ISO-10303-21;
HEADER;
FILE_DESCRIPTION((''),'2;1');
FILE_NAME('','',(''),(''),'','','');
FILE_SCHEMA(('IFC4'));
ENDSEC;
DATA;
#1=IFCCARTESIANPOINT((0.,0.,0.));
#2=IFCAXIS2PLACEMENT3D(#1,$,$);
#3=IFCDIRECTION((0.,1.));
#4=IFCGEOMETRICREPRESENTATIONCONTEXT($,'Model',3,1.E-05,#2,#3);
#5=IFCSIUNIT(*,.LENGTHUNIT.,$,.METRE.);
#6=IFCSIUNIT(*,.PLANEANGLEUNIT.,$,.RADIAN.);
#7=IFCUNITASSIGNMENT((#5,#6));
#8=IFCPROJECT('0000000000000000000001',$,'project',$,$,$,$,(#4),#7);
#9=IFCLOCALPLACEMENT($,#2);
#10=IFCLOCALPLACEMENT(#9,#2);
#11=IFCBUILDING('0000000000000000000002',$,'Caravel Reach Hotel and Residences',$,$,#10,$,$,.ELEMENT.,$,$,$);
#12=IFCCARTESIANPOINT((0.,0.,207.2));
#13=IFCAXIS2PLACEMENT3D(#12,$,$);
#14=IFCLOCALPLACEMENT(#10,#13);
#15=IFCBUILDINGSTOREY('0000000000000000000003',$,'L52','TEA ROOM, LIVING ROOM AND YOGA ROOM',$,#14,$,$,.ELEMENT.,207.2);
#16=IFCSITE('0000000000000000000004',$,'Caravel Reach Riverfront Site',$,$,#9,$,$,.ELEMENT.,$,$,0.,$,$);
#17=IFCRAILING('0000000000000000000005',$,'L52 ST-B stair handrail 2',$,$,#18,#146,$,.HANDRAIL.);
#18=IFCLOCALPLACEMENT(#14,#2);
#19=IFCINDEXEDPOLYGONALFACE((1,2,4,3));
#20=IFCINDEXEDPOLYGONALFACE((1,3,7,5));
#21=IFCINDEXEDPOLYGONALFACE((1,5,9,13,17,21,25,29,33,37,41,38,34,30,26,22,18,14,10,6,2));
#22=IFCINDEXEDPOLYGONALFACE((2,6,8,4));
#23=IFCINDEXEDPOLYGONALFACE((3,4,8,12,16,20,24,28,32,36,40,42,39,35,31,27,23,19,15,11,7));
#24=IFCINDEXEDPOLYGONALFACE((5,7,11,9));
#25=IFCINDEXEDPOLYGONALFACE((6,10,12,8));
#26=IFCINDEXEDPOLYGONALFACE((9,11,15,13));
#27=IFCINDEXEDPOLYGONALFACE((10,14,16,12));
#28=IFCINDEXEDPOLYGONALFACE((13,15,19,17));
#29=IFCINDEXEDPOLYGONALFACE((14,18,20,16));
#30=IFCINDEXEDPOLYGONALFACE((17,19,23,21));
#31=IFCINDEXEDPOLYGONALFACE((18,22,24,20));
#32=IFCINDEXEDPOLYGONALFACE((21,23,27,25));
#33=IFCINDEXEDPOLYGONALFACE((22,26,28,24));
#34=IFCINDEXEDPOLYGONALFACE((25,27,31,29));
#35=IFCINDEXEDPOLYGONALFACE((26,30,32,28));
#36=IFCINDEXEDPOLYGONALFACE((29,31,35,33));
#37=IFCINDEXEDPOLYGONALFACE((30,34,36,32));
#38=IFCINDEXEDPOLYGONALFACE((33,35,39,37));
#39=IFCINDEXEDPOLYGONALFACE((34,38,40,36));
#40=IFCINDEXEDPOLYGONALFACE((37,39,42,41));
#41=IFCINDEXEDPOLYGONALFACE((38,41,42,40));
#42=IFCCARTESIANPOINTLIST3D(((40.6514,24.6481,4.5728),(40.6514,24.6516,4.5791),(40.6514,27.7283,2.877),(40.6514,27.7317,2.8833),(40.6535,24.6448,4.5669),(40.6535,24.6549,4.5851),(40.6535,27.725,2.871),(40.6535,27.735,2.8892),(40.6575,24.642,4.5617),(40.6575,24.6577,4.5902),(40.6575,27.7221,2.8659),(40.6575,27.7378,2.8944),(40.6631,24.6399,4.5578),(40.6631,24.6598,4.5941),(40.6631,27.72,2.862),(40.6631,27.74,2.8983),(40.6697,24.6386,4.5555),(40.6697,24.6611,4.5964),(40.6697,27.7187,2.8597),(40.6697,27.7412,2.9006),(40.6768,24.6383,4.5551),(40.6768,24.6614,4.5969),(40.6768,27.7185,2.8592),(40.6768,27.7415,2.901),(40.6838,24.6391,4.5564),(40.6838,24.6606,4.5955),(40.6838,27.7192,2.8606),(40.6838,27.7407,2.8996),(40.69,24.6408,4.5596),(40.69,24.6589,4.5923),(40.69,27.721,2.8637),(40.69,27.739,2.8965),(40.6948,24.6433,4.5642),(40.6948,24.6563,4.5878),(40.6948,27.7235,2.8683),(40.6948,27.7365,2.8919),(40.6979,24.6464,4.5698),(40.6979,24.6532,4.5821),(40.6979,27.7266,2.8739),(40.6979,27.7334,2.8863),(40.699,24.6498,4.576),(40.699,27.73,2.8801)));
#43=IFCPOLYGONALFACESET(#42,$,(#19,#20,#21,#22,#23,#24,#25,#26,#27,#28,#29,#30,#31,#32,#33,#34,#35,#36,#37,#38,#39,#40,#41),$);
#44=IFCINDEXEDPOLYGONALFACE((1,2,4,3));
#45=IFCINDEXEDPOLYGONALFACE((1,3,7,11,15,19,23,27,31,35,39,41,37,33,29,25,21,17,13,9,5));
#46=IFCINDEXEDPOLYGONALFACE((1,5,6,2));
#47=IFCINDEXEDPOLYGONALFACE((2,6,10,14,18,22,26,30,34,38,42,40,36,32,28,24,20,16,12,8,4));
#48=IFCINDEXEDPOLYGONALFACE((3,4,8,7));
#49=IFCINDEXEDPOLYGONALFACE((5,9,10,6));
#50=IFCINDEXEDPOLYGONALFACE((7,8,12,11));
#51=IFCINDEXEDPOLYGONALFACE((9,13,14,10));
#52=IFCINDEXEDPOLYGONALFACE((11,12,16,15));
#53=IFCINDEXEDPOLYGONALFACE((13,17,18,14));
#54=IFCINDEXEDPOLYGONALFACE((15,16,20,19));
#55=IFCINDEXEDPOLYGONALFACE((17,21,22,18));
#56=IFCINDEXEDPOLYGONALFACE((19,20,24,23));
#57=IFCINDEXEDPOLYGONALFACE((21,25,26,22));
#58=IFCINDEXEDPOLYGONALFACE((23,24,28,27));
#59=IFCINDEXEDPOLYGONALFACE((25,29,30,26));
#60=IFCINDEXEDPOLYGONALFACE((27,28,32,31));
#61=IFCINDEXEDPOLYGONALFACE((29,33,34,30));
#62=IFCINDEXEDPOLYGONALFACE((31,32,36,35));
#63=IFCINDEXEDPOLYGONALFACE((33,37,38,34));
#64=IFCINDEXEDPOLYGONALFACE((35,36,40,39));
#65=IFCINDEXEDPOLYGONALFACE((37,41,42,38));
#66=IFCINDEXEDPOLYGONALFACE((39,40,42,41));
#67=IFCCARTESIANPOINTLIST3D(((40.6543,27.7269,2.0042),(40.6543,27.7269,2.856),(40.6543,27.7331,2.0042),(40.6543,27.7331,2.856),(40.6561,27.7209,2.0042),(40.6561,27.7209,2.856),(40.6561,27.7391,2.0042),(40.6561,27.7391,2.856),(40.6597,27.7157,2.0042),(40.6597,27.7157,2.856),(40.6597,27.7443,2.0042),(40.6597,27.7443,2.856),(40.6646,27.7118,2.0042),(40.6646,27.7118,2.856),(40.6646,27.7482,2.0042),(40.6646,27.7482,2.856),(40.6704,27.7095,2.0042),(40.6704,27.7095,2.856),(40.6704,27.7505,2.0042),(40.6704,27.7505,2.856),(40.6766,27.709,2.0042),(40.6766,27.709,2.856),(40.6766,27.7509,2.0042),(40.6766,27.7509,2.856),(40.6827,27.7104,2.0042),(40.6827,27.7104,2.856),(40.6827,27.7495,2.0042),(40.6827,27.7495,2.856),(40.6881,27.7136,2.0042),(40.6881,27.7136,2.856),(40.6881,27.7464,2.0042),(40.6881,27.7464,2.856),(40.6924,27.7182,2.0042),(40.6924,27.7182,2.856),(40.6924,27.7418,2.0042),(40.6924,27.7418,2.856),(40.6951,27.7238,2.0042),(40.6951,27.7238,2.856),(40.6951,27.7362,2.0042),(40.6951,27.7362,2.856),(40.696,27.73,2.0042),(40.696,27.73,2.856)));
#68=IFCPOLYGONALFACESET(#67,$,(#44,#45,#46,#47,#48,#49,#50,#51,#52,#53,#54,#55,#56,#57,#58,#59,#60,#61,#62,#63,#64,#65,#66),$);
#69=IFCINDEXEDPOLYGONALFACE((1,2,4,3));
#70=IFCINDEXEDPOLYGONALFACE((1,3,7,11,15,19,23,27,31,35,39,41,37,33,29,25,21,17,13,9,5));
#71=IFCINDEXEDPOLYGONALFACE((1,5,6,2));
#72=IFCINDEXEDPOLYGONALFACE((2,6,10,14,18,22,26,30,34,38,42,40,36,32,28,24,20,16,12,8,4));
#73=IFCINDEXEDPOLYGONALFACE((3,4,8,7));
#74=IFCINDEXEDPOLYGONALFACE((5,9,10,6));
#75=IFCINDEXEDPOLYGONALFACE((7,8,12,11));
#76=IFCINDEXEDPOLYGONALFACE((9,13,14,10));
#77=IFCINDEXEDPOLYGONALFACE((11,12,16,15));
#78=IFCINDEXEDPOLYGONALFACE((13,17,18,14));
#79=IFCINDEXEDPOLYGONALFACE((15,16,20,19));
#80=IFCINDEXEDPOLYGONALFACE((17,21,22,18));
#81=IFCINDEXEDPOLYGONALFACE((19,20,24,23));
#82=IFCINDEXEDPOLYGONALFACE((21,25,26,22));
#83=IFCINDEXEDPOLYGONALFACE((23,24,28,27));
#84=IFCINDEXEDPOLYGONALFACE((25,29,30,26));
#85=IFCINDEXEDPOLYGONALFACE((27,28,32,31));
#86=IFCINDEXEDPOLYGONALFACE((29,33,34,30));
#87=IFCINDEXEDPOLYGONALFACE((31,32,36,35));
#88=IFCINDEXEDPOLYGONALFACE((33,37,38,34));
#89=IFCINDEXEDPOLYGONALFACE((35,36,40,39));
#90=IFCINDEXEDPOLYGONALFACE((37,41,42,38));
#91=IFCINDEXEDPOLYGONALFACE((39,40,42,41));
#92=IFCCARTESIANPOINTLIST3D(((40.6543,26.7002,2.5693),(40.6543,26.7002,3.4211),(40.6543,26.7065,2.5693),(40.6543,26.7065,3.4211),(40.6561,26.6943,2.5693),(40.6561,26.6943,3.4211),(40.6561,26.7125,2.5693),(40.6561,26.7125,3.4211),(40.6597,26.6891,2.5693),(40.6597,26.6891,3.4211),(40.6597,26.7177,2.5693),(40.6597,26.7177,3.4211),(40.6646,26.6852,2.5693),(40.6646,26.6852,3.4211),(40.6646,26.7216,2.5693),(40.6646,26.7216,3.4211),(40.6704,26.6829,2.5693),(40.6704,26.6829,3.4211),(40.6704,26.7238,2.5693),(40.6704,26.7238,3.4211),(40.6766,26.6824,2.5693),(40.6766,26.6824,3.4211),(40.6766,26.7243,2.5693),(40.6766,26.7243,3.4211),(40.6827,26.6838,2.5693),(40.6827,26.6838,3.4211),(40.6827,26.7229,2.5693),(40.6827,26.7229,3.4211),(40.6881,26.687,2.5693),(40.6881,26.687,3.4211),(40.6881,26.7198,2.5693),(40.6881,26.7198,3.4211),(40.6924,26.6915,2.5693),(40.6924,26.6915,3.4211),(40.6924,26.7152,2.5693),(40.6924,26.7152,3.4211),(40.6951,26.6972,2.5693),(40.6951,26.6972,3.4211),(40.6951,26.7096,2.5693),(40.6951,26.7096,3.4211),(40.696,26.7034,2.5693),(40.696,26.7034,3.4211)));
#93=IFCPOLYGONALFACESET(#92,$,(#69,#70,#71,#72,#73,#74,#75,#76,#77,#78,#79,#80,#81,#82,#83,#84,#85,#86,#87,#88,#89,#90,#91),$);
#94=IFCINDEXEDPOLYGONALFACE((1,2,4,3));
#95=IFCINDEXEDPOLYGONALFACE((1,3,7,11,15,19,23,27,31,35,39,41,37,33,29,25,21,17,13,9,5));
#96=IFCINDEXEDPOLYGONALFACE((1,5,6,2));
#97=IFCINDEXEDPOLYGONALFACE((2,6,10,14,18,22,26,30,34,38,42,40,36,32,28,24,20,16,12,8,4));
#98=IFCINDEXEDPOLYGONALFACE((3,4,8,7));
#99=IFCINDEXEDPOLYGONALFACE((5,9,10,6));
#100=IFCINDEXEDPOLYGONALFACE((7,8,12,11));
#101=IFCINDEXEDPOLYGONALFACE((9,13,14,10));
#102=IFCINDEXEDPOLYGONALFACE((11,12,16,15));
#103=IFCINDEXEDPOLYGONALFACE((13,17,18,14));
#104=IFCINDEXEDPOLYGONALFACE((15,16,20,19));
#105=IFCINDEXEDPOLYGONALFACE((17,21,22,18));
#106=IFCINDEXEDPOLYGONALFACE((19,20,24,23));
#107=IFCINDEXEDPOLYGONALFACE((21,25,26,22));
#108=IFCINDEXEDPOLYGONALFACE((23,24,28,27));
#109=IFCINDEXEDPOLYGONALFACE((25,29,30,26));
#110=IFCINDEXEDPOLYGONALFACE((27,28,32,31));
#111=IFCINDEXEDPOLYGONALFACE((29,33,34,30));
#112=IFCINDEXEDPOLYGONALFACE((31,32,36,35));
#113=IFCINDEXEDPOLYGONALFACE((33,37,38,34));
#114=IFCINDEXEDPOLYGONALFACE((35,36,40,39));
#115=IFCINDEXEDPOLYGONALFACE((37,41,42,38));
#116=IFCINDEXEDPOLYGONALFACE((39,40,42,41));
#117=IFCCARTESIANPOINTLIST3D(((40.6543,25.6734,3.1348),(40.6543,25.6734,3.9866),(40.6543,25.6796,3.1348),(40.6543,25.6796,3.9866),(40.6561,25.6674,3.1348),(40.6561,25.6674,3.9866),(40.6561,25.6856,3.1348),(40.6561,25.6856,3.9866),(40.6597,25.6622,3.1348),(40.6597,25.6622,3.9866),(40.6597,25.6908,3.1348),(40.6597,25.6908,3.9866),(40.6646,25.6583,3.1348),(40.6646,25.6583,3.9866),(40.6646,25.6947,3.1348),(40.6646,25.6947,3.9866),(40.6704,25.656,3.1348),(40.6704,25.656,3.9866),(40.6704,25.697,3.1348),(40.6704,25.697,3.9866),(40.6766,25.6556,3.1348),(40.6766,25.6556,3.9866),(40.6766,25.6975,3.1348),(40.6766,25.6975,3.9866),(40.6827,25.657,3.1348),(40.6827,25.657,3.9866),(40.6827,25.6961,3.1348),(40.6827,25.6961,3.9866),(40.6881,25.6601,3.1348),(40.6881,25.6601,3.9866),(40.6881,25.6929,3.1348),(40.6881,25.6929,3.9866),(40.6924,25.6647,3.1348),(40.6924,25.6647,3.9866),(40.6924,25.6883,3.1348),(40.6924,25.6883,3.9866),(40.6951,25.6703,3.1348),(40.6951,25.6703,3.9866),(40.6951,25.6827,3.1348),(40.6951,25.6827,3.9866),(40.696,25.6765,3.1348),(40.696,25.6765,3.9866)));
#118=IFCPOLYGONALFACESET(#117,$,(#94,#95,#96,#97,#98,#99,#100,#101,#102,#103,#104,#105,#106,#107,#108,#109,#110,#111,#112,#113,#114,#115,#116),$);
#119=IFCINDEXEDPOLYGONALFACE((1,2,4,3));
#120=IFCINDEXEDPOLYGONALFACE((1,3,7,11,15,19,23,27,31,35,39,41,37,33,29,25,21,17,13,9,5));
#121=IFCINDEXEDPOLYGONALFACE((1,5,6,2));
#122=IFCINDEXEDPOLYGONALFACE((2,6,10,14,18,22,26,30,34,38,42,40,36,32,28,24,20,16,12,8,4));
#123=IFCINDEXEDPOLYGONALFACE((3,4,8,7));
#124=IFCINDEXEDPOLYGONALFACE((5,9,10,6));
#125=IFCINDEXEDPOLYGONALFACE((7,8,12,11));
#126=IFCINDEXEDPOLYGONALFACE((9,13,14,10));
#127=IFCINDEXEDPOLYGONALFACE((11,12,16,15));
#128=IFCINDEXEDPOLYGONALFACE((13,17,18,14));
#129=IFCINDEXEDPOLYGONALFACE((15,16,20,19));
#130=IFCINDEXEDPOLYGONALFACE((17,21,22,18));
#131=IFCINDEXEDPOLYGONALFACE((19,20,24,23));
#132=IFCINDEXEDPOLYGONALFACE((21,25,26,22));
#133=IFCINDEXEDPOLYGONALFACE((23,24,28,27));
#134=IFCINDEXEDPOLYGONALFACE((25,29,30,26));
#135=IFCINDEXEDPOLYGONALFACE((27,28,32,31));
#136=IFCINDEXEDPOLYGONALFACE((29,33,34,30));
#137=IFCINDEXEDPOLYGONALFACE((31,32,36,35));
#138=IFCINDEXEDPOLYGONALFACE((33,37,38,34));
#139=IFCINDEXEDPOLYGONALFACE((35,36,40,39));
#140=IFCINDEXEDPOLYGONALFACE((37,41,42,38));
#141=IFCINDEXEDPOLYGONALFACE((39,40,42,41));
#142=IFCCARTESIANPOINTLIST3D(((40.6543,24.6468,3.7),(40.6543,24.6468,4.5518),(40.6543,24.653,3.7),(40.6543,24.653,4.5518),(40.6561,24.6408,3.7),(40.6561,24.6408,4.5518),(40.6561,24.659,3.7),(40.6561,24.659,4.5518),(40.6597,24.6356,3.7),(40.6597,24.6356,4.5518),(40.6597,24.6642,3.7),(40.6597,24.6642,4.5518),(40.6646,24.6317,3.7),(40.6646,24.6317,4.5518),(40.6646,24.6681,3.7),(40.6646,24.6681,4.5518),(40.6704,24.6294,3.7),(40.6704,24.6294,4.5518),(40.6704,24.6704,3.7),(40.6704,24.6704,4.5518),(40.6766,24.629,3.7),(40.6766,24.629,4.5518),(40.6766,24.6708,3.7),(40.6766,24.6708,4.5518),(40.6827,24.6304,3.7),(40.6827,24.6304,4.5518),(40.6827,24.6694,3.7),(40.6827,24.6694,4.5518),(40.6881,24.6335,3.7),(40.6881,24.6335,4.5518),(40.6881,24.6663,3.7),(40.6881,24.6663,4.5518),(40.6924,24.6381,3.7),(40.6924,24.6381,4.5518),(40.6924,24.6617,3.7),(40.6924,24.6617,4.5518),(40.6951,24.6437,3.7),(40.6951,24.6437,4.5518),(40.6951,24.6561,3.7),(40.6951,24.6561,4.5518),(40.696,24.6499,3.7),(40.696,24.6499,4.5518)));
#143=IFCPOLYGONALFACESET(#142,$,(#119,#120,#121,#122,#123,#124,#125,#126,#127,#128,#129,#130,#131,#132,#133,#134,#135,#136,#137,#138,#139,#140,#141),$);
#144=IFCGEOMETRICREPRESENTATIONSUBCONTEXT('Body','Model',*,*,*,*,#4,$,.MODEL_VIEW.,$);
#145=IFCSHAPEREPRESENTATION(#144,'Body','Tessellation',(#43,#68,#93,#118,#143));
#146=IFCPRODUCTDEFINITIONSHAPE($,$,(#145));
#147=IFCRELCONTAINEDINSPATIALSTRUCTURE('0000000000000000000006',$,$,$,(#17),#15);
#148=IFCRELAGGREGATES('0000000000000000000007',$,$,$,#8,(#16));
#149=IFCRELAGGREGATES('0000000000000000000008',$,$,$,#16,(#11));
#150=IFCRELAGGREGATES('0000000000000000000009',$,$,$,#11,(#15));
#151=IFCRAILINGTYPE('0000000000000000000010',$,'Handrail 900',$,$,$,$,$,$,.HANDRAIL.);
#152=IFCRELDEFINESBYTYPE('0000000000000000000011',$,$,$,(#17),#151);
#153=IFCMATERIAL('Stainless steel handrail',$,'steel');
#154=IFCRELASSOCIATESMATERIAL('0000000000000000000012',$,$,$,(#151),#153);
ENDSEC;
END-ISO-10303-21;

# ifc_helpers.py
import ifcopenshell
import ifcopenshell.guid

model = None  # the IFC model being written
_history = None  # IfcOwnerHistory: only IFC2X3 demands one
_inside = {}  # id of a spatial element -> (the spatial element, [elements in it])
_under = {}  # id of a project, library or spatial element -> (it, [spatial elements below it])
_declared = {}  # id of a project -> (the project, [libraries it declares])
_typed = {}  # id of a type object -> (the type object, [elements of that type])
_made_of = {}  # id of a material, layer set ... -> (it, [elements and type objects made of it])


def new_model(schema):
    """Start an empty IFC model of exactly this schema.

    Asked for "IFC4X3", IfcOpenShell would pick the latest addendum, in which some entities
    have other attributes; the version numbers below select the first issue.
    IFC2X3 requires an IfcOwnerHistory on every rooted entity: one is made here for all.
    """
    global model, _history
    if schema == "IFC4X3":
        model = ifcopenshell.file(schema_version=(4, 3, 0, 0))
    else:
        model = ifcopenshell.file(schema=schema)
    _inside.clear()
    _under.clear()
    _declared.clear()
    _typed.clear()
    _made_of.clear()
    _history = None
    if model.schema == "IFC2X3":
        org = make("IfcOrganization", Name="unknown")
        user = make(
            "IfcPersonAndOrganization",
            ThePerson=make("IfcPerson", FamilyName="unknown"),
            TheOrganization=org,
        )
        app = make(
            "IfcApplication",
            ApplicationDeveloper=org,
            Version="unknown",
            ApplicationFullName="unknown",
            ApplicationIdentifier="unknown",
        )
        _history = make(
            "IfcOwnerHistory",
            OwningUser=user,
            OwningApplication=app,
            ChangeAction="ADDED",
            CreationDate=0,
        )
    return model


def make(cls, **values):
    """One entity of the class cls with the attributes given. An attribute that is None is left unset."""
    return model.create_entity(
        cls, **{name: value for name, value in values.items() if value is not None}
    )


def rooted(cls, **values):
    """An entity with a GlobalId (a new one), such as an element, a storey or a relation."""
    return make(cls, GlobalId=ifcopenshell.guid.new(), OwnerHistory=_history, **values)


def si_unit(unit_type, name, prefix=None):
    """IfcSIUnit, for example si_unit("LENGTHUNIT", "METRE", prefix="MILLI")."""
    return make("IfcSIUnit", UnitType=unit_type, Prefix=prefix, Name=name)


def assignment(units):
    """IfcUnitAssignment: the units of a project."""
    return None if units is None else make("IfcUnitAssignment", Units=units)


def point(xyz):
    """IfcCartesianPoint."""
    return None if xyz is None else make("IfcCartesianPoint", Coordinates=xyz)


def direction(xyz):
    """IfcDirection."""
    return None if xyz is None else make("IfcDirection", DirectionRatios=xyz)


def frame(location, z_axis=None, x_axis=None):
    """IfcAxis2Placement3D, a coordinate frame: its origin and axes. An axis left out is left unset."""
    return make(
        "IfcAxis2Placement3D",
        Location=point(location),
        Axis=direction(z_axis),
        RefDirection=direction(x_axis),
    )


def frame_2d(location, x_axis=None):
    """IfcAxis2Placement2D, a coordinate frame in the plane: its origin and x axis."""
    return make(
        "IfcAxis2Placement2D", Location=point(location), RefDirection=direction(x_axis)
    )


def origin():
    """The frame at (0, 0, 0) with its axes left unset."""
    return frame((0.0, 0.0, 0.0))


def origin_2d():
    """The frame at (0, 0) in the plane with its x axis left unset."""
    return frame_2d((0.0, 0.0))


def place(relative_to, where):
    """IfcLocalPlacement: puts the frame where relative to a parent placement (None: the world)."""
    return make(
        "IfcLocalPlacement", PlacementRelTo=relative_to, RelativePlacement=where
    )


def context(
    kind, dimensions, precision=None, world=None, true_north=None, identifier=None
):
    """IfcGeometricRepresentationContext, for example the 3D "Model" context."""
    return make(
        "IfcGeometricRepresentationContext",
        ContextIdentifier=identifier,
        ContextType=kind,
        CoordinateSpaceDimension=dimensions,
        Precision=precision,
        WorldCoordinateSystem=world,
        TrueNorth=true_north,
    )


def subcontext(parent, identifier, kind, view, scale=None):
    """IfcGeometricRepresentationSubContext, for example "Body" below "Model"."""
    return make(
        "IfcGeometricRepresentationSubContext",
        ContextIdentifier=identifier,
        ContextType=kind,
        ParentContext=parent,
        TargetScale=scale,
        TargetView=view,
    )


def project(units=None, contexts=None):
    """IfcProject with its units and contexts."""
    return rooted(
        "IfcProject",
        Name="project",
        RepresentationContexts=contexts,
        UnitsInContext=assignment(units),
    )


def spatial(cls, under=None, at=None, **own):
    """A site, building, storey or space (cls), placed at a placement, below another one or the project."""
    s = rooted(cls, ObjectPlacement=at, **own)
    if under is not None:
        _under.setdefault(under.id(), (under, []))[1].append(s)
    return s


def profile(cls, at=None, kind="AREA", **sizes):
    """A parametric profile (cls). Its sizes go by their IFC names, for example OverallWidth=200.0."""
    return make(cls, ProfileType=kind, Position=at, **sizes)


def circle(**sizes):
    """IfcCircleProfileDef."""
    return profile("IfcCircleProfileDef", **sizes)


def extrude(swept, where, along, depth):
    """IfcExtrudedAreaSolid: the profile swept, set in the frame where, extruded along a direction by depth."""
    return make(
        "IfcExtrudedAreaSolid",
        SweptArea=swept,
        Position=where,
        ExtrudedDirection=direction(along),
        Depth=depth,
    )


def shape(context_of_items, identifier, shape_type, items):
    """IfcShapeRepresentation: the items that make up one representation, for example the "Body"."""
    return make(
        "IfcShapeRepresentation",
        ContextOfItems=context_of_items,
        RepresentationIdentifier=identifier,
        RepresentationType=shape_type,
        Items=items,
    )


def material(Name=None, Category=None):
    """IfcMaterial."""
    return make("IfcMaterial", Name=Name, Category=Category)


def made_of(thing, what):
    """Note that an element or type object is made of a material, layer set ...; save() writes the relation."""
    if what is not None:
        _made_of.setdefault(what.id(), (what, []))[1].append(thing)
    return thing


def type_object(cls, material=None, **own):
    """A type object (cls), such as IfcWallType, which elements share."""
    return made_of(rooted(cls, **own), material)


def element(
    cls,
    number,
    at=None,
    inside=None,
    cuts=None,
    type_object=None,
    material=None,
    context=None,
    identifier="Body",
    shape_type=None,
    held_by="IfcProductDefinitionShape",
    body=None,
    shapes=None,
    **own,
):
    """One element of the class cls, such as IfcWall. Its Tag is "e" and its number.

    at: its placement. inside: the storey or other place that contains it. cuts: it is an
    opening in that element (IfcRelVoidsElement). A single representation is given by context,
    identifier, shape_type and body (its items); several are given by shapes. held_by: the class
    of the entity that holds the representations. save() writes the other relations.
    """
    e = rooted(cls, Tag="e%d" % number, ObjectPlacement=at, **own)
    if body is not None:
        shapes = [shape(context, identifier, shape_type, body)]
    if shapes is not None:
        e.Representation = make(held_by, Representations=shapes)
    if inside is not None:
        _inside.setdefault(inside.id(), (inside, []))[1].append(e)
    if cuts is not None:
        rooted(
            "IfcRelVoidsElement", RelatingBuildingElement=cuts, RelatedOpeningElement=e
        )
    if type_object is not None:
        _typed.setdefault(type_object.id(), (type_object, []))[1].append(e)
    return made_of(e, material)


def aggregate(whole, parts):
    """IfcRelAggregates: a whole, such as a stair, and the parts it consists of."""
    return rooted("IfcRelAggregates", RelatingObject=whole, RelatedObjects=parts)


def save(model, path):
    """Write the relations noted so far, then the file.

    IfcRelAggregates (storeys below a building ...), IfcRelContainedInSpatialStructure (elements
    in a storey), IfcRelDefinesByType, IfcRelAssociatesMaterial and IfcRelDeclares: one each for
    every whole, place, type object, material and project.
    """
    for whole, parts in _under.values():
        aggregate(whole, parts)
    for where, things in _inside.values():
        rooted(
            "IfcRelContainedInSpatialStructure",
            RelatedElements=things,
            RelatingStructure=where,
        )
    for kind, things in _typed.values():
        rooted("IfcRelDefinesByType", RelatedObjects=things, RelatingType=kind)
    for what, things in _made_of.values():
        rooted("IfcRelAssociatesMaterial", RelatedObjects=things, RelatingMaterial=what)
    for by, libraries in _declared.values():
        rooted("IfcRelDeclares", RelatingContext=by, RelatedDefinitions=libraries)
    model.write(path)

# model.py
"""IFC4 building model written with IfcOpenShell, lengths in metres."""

from ifc_helpers import new_model, si_unit, direction, frame, origin, origin_2d, place, context, subcontext, project, spatial, circle, extrude, material, type_object, element, save


model = new_model("IFC4")

# Units and contexts
model_context = context("Model", 3, precision=1e-05, world=origin(), true_north=direction((0.0, 1.0)))
body_context = subcontext(model_context, "Body", "Model", "MODEL_VIEW")
ifc_project = project(units=[si_unit("LENGTHUNIT", "METRE"), si_unit("PLANEANGLEUNIT", "RADIAN")], contexts=[model_context])

# Site, building, storey
site_placement = place(None, origin())
site = spatial("IfcSite", under=ifc_project, at=site_placement, Name="Caravel Reach Riverfront Site", CompositionType="ELEMENT", RefElevation=0.0)
building_placement = place(site_placement, origin())
building = spatial("IfcBuilding", under=site, at=building_placement, Name="Caravel Reach Hotel and Residences", CompositionType="ELEMENT")
storey_placement = place(building_placement, frame((0.0, 0.0, 207.2)))
storey = spatial("IfcBuildingStorey", under=building, at=storey_placement, Name="L52", Description="TEA ROOM, LIVING ROOM AND YOGA ROOM", CompositionType="ELEMENT", Elevation=207.2)

# Railing
ifc_material_1 = material(Name="Stainless steel handrail", Category="steel")
railing_type_1 = type_object("IfcRailingType", Name="Handrail 900", PredefinedType="HANDRAIL", material=ifc_material_1)
railing_1_placement = place(storey_placement, frame((40.675, 27.73, 2.0042)))
element("IfcRailing", 1, at=railing_1_placement, inside=storey, type_object=railing_type_1, Name="L52 ST-B stair handrail 2", PredefinedType="HANDRAIL", context=body_context, shape_type="SweptSolid", body=[
    extrude(circle(Radius=0.0239, at=origin_2d()), frame((0.0, 0.0, 0.876), z_axis=(0.0, -0.876005, 0.482303), x_axis=(1.0, 0.0, 0.0)), (0.0, 0.0, 1.0), 3.5161),
    extrude(circle(Radius=0.021, at=origin_2d()), origin(), (0.0, 0.0, 1.0), 0.8518),
    extrude(circle(Radius=0.021, at=origin_2d()), frame((0.0, -1.0266, 0.5652)), (0.0, 0.0, 1.0), 0.8518),
    extrude(circle(Radius=0.021, at=origin_2d()), frame((0.0, -2.0535, 1.1306)), (0.0, 0.0, 1.0), 0.8518),
    extrude(circle(Radius=0.021, at=origin_2d()), frame((0.0, -3.0801, 1.6958)), (0.0, 0.0, 1.0), 0.8518),
])

save(model, "model.ifc")
